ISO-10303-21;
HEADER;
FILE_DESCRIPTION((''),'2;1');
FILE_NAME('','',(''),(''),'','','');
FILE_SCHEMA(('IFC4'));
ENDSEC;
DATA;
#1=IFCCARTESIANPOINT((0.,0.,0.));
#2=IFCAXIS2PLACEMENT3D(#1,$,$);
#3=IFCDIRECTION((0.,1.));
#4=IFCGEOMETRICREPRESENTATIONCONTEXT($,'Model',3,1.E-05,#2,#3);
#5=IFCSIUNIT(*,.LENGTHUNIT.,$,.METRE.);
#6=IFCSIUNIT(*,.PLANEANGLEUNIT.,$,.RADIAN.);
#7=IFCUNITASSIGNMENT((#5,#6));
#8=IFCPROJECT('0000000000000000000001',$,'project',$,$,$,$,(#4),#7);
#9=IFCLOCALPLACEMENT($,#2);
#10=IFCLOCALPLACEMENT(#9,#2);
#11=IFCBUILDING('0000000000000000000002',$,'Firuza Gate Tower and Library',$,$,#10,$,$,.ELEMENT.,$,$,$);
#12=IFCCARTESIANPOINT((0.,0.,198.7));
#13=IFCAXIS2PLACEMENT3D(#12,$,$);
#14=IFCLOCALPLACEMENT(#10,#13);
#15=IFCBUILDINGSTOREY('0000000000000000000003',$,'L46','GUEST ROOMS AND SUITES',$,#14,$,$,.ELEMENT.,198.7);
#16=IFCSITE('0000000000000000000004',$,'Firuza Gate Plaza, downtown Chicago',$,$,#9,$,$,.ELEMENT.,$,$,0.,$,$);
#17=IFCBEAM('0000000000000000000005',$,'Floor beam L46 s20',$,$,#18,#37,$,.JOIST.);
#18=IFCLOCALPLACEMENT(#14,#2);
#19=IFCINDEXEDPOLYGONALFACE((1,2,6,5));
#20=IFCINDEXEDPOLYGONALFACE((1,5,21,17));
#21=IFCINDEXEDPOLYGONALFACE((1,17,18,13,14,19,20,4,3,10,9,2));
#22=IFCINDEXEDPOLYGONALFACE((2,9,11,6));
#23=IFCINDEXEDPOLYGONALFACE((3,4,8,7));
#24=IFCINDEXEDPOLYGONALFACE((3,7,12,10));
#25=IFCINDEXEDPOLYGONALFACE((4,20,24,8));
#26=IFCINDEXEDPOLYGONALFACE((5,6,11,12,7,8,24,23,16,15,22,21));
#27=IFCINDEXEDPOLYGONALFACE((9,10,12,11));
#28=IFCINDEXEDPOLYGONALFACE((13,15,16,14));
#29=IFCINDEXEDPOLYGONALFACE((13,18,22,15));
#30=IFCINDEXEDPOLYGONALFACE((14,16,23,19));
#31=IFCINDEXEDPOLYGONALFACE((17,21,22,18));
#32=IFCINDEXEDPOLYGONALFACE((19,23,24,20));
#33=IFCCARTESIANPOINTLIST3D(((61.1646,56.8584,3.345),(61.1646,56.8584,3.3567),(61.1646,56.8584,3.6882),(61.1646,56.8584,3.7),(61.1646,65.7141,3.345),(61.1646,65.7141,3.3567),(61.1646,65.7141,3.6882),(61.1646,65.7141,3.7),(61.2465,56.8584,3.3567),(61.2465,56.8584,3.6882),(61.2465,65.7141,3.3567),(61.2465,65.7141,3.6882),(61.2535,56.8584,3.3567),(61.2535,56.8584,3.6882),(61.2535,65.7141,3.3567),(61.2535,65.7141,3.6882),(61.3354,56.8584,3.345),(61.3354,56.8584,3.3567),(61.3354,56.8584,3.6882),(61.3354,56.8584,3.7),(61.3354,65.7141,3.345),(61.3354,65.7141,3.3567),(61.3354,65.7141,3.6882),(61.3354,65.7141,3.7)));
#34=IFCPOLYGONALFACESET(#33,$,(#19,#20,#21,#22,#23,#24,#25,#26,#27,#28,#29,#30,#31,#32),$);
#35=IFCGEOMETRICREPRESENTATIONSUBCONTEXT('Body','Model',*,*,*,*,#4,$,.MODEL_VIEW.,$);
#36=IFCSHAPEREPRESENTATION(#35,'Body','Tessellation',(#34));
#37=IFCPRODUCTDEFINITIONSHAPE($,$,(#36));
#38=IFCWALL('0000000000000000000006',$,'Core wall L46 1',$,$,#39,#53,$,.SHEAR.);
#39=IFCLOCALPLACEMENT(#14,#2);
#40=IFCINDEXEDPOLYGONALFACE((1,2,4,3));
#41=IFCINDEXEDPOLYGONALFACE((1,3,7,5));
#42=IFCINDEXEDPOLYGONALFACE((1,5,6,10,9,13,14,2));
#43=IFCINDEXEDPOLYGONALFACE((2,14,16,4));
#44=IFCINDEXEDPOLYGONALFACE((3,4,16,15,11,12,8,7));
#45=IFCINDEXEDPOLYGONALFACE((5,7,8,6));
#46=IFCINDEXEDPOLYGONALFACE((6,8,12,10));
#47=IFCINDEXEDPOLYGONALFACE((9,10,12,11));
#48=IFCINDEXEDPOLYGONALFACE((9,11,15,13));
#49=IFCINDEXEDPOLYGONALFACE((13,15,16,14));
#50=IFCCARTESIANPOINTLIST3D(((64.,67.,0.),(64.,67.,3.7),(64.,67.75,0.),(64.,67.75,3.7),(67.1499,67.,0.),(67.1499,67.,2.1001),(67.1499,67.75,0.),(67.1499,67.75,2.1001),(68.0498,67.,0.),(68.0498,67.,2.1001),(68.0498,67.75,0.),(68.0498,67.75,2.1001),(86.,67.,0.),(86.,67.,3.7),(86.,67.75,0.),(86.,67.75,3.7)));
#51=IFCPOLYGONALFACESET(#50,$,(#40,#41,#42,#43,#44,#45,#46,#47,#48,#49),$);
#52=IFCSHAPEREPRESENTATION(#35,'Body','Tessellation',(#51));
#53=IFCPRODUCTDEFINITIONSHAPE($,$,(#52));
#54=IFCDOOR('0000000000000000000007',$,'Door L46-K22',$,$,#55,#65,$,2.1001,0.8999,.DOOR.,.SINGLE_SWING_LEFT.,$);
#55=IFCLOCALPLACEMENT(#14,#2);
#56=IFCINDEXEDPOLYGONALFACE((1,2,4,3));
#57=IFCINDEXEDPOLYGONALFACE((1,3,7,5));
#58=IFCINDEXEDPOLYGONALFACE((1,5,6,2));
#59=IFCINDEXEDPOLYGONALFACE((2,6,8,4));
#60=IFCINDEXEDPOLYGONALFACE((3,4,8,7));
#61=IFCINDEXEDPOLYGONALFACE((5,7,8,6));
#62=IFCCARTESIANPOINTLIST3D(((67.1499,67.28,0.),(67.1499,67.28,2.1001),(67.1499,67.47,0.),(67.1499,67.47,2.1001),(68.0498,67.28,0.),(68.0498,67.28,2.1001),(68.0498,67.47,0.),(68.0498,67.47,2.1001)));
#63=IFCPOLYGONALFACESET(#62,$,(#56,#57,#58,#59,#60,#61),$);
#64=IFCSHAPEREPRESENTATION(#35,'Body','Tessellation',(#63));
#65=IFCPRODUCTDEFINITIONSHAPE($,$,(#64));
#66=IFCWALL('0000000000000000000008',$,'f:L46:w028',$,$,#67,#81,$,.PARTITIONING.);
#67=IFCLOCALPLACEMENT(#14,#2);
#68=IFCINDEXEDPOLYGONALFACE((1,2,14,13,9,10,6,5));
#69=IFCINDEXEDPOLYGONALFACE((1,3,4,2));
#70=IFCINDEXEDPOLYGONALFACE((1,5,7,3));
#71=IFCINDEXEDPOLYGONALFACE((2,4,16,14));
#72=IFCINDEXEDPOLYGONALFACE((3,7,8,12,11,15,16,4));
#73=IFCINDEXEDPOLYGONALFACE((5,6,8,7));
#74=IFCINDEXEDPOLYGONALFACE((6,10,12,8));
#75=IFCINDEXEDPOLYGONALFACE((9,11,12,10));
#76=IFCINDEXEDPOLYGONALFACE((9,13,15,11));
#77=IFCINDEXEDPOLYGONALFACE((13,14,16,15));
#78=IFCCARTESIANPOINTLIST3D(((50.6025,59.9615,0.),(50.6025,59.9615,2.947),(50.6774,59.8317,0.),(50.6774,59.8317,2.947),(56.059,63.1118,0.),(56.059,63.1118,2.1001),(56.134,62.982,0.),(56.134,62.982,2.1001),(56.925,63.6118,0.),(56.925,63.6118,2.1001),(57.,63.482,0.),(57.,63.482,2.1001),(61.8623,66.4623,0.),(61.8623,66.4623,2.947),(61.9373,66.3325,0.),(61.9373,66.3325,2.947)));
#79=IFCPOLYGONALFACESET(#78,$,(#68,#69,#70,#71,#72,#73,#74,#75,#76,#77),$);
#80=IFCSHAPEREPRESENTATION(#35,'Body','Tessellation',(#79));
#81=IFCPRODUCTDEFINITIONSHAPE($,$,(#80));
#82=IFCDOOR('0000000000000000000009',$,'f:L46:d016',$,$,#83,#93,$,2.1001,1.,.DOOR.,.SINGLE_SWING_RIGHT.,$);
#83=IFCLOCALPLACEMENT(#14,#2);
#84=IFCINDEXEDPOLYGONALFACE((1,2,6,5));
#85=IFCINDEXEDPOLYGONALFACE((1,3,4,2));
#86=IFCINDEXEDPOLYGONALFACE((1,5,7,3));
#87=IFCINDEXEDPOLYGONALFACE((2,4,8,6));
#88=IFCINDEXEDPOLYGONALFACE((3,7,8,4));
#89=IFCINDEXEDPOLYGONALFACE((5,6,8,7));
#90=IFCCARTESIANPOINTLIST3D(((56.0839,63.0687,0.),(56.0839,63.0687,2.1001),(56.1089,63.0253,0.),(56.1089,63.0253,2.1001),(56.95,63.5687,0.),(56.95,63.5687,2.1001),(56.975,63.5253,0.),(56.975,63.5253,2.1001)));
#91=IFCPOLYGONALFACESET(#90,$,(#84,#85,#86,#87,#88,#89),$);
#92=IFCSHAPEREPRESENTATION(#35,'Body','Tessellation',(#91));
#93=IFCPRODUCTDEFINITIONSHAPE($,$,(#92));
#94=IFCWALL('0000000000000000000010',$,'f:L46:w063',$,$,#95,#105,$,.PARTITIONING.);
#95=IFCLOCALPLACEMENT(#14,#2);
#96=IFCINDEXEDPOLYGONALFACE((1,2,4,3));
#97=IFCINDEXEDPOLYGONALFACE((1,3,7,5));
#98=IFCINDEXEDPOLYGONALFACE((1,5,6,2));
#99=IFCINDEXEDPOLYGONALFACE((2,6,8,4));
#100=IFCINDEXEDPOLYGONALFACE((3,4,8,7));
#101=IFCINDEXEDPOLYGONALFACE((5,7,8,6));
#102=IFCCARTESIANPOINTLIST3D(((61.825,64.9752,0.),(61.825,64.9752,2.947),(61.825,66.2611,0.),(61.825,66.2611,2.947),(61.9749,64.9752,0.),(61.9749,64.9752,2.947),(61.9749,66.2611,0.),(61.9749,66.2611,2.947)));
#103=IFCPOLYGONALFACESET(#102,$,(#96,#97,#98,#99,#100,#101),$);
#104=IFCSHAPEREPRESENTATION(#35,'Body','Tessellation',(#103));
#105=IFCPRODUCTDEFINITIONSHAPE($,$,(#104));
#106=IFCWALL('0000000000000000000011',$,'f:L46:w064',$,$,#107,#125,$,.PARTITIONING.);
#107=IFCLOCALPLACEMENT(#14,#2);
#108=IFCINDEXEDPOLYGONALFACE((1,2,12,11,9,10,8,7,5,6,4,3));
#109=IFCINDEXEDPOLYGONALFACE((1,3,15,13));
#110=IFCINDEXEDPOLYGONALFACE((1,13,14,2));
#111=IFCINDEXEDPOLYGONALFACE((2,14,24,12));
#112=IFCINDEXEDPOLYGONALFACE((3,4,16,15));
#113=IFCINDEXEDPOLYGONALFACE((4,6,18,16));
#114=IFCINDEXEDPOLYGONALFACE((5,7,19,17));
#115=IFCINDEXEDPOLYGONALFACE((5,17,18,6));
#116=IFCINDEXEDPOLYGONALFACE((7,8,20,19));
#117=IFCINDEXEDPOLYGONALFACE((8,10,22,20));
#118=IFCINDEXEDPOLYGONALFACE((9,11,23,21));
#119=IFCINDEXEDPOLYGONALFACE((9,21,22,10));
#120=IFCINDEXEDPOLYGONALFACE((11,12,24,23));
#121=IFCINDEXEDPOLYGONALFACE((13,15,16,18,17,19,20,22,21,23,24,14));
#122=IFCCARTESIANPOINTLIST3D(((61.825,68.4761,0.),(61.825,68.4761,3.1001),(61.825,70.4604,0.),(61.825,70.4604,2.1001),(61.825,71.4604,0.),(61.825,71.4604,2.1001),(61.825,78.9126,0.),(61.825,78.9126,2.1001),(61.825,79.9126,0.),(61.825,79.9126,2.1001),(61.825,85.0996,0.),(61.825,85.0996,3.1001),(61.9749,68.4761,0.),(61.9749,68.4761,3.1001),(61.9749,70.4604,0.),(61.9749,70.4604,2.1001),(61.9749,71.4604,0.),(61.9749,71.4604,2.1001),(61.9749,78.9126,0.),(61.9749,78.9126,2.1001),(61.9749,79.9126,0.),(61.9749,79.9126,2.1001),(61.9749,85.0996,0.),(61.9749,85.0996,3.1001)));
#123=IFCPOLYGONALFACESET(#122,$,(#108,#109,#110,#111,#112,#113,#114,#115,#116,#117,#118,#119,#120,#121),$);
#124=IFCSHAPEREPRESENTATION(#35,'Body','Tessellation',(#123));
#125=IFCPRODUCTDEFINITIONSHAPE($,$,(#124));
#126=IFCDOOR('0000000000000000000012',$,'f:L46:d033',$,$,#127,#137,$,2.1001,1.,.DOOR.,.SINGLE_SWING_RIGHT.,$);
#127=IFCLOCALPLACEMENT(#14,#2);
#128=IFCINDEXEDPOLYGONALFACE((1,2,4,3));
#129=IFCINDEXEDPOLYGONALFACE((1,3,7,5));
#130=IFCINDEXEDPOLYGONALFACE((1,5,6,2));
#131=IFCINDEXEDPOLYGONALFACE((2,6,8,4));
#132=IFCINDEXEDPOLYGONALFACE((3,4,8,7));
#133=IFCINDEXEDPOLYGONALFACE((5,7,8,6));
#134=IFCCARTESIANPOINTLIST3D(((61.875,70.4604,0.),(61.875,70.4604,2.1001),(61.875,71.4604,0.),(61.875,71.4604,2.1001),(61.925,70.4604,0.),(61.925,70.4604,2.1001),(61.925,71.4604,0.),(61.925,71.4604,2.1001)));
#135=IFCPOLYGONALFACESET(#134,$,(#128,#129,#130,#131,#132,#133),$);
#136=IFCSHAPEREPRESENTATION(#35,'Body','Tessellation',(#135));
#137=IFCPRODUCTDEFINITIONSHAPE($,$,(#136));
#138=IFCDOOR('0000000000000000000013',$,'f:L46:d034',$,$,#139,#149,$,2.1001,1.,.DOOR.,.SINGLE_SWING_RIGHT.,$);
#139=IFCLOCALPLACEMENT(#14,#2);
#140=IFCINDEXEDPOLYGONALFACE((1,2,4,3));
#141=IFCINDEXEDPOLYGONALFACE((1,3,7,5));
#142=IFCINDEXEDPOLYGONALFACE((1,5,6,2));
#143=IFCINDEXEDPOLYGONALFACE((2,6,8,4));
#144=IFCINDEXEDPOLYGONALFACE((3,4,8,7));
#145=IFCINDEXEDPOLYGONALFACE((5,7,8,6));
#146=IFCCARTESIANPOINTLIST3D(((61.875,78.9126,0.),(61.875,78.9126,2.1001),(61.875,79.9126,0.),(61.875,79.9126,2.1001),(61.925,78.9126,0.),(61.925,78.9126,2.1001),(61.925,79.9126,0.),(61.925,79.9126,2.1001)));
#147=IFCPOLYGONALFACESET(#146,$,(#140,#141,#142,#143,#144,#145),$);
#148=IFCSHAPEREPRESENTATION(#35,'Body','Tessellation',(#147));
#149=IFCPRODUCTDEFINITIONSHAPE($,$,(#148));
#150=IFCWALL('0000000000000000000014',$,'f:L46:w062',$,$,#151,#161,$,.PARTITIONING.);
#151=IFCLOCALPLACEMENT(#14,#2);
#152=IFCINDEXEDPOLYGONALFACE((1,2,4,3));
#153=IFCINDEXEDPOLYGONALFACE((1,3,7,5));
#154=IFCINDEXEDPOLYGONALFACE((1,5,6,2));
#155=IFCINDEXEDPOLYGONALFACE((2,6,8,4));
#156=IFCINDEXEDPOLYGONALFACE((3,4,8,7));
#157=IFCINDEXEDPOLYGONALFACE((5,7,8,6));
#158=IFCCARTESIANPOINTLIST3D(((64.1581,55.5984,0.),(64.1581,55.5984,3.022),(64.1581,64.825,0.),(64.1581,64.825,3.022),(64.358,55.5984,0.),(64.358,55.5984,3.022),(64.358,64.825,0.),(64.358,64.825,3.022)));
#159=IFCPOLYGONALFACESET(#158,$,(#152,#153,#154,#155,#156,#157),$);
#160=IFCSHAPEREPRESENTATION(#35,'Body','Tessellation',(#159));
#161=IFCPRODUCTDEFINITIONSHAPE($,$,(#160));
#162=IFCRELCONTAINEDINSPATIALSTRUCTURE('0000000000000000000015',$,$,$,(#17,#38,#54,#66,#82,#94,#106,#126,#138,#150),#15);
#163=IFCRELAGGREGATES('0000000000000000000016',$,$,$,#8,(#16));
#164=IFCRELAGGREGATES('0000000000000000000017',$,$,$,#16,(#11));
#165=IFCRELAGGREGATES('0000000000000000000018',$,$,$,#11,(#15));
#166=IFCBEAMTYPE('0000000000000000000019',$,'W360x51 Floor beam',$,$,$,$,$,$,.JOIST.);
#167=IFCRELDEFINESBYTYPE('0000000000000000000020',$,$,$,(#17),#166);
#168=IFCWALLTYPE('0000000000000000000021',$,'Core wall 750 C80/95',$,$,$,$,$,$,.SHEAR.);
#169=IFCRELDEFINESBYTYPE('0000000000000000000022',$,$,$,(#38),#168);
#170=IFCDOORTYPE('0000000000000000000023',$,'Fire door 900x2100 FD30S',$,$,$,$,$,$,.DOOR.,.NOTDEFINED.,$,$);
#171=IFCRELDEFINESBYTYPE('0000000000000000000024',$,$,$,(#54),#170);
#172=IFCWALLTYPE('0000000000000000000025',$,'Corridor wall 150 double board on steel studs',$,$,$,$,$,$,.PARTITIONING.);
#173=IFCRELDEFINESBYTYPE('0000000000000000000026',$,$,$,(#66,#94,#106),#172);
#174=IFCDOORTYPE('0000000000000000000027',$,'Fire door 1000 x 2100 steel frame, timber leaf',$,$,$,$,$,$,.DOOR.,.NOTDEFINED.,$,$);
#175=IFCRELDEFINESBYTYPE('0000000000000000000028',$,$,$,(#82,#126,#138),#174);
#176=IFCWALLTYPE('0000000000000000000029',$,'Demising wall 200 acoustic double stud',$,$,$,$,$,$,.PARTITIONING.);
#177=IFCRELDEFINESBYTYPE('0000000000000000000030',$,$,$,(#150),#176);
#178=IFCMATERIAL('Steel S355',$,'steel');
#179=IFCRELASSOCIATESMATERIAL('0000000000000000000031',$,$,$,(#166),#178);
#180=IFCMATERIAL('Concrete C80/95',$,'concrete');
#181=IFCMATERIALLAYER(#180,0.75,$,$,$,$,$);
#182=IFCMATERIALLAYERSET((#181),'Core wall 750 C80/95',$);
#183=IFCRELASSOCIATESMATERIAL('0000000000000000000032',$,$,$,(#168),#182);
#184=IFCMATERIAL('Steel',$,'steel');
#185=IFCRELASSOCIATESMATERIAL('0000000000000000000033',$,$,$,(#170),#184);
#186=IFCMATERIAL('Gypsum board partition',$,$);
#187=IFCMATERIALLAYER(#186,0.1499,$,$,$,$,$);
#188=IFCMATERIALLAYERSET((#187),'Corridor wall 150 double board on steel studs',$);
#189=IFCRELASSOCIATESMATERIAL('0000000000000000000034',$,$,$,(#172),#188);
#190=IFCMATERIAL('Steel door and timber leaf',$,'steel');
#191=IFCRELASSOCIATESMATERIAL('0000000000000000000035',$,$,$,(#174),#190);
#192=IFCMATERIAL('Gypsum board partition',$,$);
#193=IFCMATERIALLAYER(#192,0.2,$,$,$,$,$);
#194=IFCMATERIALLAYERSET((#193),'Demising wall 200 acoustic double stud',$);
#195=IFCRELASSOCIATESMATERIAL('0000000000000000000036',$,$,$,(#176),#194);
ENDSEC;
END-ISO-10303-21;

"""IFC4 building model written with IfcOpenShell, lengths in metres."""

from ifc_helpers import new_model, si_unit, direction, frame, frame_2d, origin, origin_2d, place, context, subcontext, project, spatial, rectangle, i_section, extrude, material, layer, layer_set, material_profile, profile_set, type_object, element, fill, save


model = new_model("IFC4")

# Units and contexts
model_context = context("Model", 3, precision=1e-05, world=origin(), true_north=direction((0.0, 1.0)))
body_context = subcontext(model_context, "Body", "Model", "MODEL_VIEW")
ifc_project = project(units=[si_unit("LENGTHUNIT", "METRE"), si_unit("PLANEANGLEUNIT", "RADIAN")], contexts=[model_context])

# Site, building, storey
site_placement = place(None, origin())
site = spatial("IfcSite", under=ifc_project, at=site_placement, Name="Firuza Gate Plaza, downtown Chicago", CompositionType="ELEMENT", RefElevation=0.0)
building_placement = place(site_placement, origin())
building = spatial("IfcBuilding", under=site, at=building_placement, Name="Firuza Gate Tower and Library", CompositionType="ELEMENT")
storey_placement = place(building_placement, frame((0.0, 0.0, 198.7)))
storey = spatial("IfcBuildingStorey", under=building, at=storey_placement, Name="L46", Description="GUEST ROOMS AND SUITES", CompositionType="ELEMENT", Elevation=198.7)

# Beam
ifc_material_1 = material(Name="Steel S355", Category="steel")
ifc_material_profile = material_profile(ifc_material_1, i_section(OverallWidth=0.1709, OverallDepth=0.355, WebThickness=0.0071, FlangeThickness=0.0117, at=origin_2d()))
ifc_profile_set = profile_set([ifc_material_profile], Name="Steel S355")
beam_type = type_object("IfcBeamType", Name="W360x51 Floor beam", PredefinedType="JOIST", material=ifc_profile_set)
beam_placement = place(storey_placement, frame((61.25, 56.8584, 3.5225), z_axis=(0.0, 1.0, 0.0), x_axis=(-1.0, 0.0, 0.0)))
element("IfcBeam", 1, at=beam_placement, inside=storey, type_object=beam_type, Name="Floor beam L46 s20", PredefinedType="JOIST", context=body_context, shape_type="SweptSolid", body=[
    extrude(i_section(OverallWidth=0.1709, OverallDepth=0.355, WebThickness=0.0071, FlangeThickness=0.0117, at=origin_2d()), origin(), (0.0, 0.0, 1.0), 8.8557),
])

# Walls, openings, doors
ifc_material_2 = material(Name="Concrete C80/95", Category="concrete")
ifc_layer_1 = layer(ifc_material_2, 0.75)
ifc_layer_set_1 = layer_set([ifc_layer_1], Name="Core wall 750 C80/95")
wall_type_1 = type_object("IfcWallType", Name="Core wall 750 C80/95", PredefinedType="SHEAR", material=ifc_layer_set_1)
wall_1_placement = place(storey_placement, frame((64.0, 67.375, 0.0), z_axis=(0.0, 0.0, 1.0), x_axis=(1.0, 0.0, 0.0)))
wall_1 = element("IfcWall", 2, at=wall_1_placement, inside=storey, type_object=wall_type_1, Name="Core wall L46 1", PredefinedType="SHEAR", context=body_context, shape_type="SweptSolid", body=[
    extrude(rectangle(XDim=22.0, YDim=0.75, at=frame_2d((11.0, 0.0))), origin(), (0.0, 0.0, 1.0), 3.7),
])
opening_1_placement = place(wall_1_placement, frame((3.1499, 0.0, 0.0)))
opening_1 = element("IfcOpeningElement", 3, at=opening_1_placement, cuts=wall_1, PredefinedType="OPENING", context=body_context, shape_type="SweptSolid", body=[
    extrude(rectangle(XDim=0.8999, YDim=2.1001, at=frame_2d((0.45, 1.05))), frame((0.0, 0.385, 0.0), z_axis=(0.0, -1.0, 0.0), x_axis=(1.0, 0.0, 0.0)), (0.0, 0.0, 1.0), 0.77),
])
ifc_material_3 = material(Name="Steel", Category="steel")
door_type_1 = type_object("IfcDoorType", Name="Fire door 900x2100 FD30S", OperationType="NOTDEFINED", PredefinedType="DOOR", material=ifc_material_3)
door_1_placement = place(opening_1_placement, origin())
door_1 = element("IfcDoor", 4, at=door_1_placement, inside=storey, type_object=door_type_1, Name="Door L46-K22", OperationType="SINGLE_SWING_LEFT", OverallHeight=2.1001, OverallWidth=0.8999, PredefinedType="DOOR", context=body_context, shape_type="SweptSolid", body=[
    extrude(rectangle(XDim=0.8999, YDim=2.1001, at=frame_2d((0.45, 1.05))), frame((0.0, 0.095, 0.0), z_axis=(0.0, -1.0, 0.0), x_axis=(1.0, 0.0, 0.0)), (0.0, 0.0, 1.0), 0.1899),
])
fill(opening_1, door_1)
ifc_material_4 = material(Name="Gypsum board partition")
ifc_layer_2 = layer(ifc_material_4, 0.1499)
ifc_layer_set_2 = layer_set([ifc_layer_2], Name="Corridor wall 150 double board on steel studs")
wall_type_2 = type_object("IfcWallType", Name="Corridor wall 150 double board on steel studs", PredefinedType="PARTITIONING", material=ifc_layer_set_2)
wall_2_placement = place(storey_placement, frame((61.8999, 66.3975, 0.0), z_axis=(0.0, 0.0, 1.0), x_axis=(-0.866029, -0.499994, 0.0)))
wall_2 = element("IfcWall", 5, at=wall_2_placement, inside=storey, type_object=wall_type_2, Name="f:L46:w028", PredefinedType="PARTITIONING", context=body_context, shape_type="SweptSolid", body=[
    extrude(rectangle(XDim=13.0017, YDim=0.1499, at=frame_2d((6.501, 0.0))), origin(), (0.0, 0.0, 1.0), 2.947),
])
opening_2_placement = place(wall_2_placement, frame((5.7012, 0.0, 0.0)))
opening_2 = element("IfcOpeningElement", 6, at=opening_2_placement, cuts=wall_2, PredefinedType="OPENING", context=body_context, shape_type="SweptSolid", body=[
    extrude(rectangle(XDim=1.0, YDim=2.1001, at=frame_2d((0.5, 1.05))), frame((0.0, 0.085, 0.0), z_axis=(0.0, -1.0, 0.0), x_axis=(1.0, 0.0, 0.0)), (0.0, 0.0, 1.0), 0.1699),
])
ifc_material_5 = material(Name="Steel door and timber leaf", Category="steel")
door_type_2 = type_object("IfcDoorType", Name="Fire door 1000 x 2100 steel frame, timber leaf", OperationType="NOTDEFINED", PredefinedType="DOOR", material=ifc_material_5)
door_2_placement = place(opening_2_placement, origin())
door_2 = element("IfcDoor", 7, at=door_2_placement, inside=storey, type_object=door_type_2, Name="f:L46:d016", OperationType="SINGLE_SWING_RIGHT", OverallHeight=2.1001, OverallWidth=1.0, PredefinedType="DOOR", context=body_context, shape_type="SweptSolid", body=[
    extrude(rectangle(XDim=1.0, YDim=2.1001, at=frame_2d((0.5, 1.05))), frame((0.0, 0.0249, 0.0), z_axis=(0.0, -1.0, 0.0), x_axis=(1.0, 0.0, 0.0)), (0.0, 0.0, 1.0), 0.05),
])
fill(opening_2, door_2)

# Wall
wall_3_placement = place(storey_placement, frame((61.8999, 64.9751, 0.0), z_axis=(0.0, 0.0, 1.0), x_axis=(0.0, 1.0, 0.0)))
element("IfcWall", 8, at=wall_3_placement, inside=storey, type_object=wall_type_2, Name="f:L46:w063", PredefinedType="PARTITIONING", context=body_context, shape_type="SweptSolid", body=[
    extrude(rectangle(XDim=1.2859, YDim=0.1499, at=frame_2d((0.6431, 0.0))), origin(), (0.0, 0.0, 1.0), 2.947),
])

# Wall, openings, doors
wall_4_placement = place(storey_placement, frame((61.8999, 68.4761, 0.0), z_axis=(0.0, 0.0, 1.0), x_axis=(0.0, 1.0, 0.0)))
wall_4 = element("IfcWall", 9, at=wall_4_placement, inside=storey, type_object=wall_type_2, Name="f:L46:w064", PredefinedType="PARTITIONING", context=body_context, shape_type="SweptSolid", body=[
    extrude(rectangle(XDim=16.6235, YDim=0.1499, at=frame_2d((8.3118, 0.0))), origin(), (0.0, 0.0, 1.0), 3.1001),
])
opening_3_placement = place(wall_4_placement, frame((1.9844, 0.0, 0.0)))
opening_3 = element("IfcOpeningElement", 10, at=opening_3_placement, cuts=wall_4, PredefinedType="OPENING", context=body_context, shape_type="SweptSolid", body=[
    extrude(rectangle(XDim=1.0, YDim=2.1001, at=frame_2d((0.5, 1.05))), frame((0.0, 0.085, 0.0), z_axis=(0.0, -1.0, 0.0), x_axis=(1.0, 0.0, 0.0)), (0.0, 0.0, 1.0), 0.1699),
])
opening_4_placement = place(wall_4_placement, frame((10.4365, 0.0, 0.0)))
opening_4 = element("IfcOpeningElement", 11, at=opening_4_placement, cuts=wall_4, PredefinedType="OPENING", context=body_context, shape_type="SweptSolid", body=[
    extrude(rectangle(XDim=1.0, YDim=2.1001, at=frame_2d((0.5, 1.05))), frame((0.0, 0.085, 0.0), z_axis=(0.0, -1.0, 0.0), x_axis=(1.0, 0.0, 0.0)), (0.0, 0.0, 1.0), 0.1699),
])
door_3_placement = place(opening_3_placement, origin())
door_3 = element("IfcDoor", 12, at=door_3_placement, inside=storey, type_object=door_type_2, Name="f:L46:d033", OperationType="SINGLE_SWING_RIGHT", OverallHeight=2.1001, OverallWidth=1.0, PredefinedType="DOOR", context=body_context, shape_type="SweptSolid", body=[
    extrude(rectangle(XDim=1.0, YDim=2.1001, at=frame_2d((0.5, 1.05))), frame((0.0, 0.0249, 0.0), z_axis=(0.0, -1.0, 0.0), x_axis=(1.0, 0.0, 0.0)), (0.0, 0.0, 1.0), 0.05),
])
fill(opening_3, door_3)
door_4_placement = place(opening_4_placement, origin())
door_4 = element("IfcDoor", 13, at=door_4_placement, inside=storey, type_object=door_type_2, Name="f:L46:d034", OperationType="SINGLE_SWING_RIGHT", OverallHeight=2.1001, OverallWidth=1.0, PredefinedType="DOOR", context=body_context, shape_type="SweptSolid", body=[
    extrude(rectangle(XDim=1.0, YDim=2.1001, at=frame_2d((0.5, 1.05))), frame((0.0, 0.0249, 0.0), z_axis=(0.0, -1.0, 0.0), x_axis=(1.0, 0.0, 0.0)), (0.0, 0.0, 1.0), 0.05),
])
fill(opening_4, door_4)

# Wall
ifc_material_6 = material(Name="Gypsum board partition")
ifc_layer_3 = layer(ifc_material_6, 0.2)
ifc_layer_set_3 = layer_set([ifc_layer_3], Name="Demising wall 200 acoustic double stud")
wall_type_3 = type_object("IfcWallType", Name="Demising wall 200 acoustic double stud", PredefinedType="PARTITIONING", material=ifc_layer_set_3)
wall_5_placement = place(storey_placement, frame((64.2581, 55.5984, 0.0), z_axis=(0.0, 0.0, 1.0), x_axis=(0.0, 1.0, 0.0)))
element("IfcWall", 14, at=wall_5_placement, inside=storey, type_object=wall_type_3, Name="f:L46:w062", PredefinedType="PARTITIONING", context=body_context, shape_type="SweptSolid", body=[
    extrude(rectangle(XDim=9.2266, YDim=0.2, at=frame_2d((4.6133, 0.0))), origin(), (0.0, 0.0, 1.0), 3.022),
])

save(model, "model.ifc")
